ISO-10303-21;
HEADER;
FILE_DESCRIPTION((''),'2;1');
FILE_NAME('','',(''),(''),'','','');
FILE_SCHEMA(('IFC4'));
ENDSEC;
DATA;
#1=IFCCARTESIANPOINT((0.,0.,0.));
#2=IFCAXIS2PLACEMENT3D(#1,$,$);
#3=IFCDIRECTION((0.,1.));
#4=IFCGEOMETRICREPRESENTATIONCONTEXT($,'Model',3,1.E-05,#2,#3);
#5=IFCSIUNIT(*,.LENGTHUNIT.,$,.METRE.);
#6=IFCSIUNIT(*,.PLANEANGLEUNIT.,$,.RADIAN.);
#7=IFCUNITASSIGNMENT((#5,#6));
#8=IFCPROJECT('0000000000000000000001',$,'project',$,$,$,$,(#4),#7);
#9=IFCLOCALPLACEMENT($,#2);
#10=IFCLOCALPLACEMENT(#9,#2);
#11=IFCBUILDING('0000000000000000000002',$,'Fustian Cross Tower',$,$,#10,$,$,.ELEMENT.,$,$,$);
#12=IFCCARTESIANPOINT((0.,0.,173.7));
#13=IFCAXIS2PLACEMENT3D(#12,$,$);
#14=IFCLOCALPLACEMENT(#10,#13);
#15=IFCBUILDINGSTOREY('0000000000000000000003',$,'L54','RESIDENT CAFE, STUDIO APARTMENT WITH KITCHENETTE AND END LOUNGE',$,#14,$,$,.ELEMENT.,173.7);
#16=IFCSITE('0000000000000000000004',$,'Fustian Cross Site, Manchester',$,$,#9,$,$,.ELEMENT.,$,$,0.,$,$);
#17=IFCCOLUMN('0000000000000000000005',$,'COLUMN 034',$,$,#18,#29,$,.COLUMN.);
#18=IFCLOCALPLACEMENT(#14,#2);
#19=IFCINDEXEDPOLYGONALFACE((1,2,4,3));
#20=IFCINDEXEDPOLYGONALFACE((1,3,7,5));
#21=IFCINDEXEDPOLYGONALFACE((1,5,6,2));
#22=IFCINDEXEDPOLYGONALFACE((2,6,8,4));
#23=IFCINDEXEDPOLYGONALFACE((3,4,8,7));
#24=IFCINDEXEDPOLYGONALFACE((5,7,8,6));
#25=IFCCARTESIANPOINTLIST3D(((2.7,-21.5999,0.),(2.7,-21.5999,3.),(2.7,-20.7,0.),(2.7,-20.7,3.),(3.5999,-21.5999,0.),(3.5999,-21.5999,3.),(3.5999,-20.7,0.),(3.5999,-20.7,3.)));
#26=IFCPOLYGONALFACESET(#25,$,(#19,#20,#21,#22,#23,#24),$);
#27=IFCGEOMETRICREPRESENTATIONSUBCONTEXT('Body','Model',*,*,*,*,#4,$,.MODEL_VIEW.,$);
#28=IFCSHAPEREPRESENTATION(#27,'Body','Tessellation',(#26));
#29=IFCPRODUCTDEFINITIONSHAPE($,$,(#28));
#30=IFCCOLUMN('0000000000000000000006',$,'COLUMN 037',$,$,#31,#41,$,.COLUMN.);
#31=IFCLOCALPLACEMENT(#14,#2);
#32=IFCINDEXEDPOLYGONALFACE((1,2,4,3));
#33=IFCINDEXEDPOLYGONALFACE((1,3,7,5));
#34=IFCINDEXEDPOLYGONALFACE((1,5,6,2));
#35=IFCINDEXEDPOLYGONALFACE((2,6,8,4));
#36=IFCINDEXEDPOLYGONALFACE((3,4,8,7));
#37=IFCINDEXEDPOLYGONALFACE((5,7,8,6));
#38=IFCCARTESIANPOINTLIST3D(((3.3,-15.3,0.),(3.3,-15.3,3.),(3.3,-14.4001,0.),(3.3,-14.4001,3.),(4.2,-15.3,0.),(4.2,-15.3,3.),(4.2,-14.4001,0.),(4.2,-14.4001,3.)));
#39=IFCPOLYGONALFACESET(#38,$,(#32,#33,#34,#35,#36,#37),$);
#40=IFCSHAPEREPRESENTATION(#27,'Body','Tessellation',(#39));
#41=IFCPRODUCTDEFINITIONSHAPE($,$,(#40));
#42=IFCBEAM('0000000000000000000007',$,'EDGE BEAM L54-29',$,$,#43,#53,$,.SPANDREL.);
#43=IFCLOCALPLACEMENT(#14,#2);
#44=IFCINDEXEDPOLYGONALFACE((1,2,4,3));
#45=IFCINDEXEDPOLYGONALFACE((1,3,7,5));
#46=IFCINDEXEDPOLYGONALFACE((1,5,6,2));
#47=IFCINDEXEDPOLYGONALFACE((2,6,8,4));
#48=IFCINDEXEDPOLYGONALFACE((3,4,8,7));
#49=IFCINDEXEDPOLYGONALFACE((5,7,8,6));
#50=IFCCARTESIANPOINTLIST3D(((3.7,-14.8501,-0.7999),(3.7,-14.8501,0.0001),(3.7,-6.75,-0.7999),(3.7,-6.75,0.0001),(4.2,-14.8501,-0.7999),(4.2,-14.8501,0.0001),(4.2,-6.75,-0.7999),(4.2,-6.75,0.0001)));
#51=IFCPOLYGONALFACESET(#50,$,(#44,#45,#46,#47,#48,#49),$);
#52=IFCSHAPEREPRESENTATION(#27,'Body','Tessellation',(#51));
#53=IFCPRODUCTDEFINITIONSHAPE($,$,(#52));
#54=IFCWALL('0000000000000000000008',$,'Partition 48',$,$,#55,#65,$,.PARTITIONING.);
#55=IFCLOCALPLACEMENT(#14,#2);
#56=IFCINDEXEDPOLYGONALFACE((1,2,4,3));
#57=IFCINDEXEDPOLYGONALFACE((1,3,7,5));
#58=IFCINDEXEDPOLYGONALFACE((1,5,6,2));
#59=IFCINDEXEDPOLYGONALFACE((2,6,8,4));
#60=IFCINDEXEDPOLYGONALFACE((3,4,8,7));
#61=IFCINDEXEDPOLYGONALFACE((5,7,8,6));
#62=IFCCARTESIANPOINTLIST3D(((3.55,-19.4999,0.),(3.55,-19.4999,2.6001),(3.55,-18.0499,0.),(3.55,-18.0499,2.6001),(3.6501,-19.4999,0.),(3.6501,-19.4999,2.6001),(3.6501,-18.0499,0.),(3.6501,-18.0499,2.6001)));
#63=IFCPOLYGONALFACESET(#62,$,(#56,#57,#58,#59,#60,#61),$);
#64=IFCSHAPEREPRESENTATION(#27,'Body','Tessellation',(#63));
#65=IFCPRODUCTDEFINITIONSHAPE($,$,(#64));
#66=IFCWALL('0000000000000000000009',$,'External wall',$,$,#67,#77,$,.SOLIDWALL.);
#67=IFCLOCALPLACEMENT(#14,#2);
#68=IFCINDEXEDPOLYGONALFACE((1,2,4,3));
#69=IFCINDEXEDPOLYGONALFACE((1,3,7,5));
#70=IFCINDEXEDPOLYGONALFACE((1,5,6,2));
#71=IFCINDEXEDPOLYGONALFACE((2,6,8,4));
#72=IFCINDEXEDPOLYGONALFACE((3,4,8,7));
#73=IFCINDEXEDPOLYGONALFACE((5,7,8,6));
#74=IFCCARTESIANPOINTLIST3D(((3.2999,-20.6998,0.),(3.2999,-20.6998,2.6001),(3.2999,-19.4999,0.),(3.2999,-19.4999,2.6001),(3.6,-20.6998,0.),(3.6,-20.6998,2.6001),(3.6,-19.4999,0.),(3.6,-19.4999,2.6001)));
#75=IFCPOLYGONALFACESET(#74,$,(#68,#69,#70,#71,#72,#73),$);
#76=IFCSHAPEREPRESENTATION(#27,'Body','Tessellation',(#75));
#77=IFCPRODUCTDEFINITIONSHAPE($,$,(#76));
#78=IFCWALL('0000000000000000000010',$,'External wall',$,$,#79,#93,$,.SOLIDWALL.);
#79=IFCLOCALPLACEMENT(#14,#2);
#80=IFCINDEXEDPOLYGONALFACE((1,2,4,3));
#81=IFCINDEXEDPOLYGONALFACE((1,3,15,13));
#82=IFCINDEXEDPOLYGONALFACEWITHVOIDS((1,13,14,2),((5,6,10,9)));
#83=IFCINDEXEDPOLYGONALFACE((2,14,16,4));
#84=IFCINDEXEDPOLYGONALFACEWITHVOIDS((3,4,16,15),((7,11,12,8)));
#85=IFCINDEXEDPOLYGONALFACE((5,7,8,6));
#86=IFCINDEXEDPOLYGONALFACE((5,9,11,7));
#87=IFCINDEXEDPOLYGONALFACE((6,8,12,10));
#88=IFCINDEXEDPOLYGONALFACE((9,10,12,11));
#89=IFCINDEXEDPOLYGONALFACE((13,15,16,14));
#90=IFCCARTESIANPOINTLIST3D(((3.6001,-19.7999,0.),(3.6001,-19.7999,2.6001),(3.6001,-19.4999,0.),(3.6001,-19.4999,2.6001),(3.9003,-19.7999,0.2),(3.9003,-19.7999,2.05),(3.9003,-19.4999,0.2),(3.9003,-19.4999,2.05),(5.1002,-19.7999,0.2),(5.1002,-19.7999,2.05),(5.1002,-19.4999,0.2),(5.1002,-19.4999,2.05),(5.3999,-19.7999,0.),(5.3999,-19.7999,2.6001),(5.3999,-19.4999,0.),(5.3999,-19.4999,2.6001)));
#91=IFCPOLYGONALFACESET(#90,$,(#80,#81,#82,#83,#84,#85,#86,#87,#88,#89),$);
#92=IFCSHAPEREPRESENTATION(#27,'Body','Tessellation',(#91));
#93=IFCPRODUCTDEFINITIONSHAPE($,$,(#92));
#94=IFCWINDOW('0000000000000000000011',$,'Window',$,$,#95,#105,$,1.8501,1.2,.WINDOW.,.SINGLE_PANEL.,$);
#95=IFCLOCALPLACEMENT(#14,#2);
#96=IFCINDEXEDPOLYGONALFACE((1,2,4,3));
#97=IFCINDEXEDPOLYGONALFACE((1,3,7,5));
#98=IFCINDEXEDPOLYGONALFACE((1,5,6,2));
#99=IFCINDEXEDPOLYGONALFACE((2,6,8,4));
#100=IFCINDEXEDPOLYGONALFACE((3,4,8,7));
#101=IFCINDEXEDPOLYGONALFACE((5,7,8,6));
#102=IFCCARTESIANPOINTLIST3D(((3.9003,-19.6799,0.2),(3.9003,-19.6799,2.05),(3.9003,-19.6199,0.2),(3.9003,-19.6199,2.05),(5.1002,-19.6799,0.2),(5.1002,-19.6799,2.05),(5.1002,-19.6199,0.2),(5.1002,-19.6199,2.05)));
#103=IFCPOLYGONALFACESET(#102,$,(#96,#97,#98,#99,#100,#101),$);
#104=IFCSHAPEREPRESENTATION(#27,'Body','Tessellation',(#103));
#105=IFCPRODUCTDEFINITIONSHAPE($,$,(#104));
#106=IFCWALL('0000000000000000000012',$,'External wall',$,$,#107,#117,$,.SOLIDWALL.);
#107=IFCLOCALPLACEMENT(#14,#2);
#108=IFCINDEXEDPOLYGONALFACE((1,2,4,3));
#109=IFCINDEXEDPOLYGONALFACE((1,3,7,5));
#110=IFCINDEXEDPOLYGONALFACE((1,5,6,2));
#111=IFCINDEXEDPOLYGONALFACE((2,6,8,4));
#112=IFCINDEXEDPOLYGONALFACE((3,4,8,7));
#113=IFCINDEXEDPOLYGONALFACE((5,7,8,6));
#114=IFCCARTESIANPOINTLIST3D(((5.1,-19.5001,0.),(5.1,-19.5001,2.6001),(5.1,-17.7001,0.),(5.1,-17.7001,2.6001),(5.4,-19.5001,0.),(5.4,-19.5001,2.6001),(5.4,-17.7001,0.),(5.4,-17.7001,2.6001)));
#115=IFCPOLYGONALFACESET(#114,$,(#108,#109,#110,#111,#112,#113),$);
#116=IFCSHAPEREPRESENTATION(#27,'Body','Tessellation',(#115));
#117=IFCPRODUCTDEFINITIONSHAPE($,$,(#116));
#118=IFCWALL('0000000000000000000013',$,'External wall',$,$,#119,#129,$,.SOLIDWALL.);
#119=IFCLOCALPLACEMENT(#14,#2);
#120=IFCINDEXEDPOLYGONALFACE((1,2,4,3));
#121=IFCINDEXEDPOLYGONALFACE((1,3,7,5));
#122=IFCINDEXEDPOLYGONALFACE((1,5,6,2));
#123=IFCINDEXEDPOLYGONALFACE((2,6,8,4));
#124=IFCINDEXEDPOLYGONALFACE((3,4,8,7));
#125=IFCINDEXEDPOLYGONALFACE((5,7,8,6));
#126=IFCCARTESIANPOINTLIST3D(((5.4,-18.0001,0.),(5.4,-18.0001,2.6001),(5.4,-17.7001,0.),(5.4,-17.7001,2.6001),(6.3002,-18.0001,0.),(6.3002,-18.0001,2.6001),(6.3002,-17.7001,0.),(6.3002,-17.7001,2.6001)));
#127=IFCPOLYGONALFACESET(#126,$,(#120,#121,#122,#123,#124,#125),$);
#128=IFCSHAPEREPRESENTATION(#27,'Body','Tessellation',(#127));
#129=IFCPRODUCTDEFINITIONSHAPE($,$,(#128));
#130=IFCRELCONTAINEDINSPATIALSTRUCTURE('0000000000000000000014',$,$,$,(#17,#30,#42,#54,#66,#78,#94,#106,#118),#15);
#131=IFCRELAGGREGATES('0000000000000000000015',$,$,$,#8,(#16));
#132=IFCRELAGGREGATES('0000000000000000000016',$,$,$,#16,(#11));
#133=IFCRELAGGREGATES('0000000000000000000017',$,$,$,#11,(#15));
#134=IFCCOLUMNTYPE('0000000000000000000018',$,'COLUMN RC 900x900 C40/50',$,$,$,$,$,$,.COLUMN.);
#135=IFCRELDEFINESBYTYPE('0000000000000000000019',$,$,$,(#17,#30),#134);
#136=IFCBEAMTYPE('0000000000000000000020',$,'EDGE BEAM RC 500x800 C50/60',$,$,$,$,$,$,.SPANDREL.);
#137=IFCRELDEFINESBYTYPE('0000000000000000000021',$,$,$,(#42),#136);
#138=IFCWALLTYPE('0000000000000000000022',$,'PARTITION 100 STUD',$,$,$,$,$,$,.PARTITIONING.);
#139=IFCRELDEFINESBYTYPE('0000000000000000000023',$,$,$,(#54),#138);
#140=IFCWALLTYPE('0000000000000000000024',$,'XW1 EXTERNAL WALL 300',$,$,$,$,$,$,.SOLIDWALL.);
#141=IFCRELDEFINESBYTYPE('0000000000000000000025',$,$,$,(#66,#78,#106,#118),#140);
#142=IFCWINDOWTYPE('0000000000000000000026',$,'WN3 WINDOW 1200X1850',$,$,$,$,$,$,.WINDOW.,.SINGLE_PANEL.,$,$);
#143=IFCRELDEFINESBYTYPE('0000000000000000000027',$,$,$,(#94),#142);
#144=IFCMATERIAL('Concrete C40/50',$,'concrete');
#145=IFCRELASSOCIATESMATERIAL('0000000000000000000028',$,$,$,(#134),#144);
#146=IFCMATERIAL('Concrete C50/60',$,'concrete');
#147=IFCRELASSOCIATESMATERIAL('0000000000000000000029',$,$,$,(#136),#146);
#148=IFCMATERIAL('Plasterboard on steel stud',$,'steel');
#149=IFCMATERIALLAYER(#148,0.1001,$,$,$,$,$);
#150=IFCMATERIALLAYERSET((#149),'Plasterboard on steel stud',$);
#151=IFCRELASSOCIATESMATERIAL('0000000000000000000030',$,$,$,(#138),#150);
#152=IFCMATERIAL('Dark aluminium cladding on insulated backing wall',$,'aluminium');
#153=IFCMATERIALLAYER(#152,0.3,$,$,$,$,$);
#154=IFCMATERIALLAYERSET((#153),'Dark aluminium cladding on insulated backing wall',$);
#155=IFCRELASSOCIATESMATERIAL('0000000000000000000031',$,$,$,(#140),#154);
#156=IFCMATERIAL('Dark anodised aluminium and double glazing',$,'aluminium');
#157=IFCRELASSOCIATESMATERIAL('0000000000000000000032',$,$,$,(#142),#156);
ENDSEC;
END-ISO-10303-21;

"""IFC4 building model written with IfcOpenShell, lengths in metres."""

from ifc_helpers import new_model, si_unit, direction, frame, frame_2d, origin, origin_2d, place, context, subcontext, project, spatial, rectangle, extrude, material, layer, layer_set, material_profile, profile_set, type_object, element, fill, save


model = new_model("IFC4")

# Units and contexts
model_context = context("Model", 3, precision=1e-05, world=origin(), true_north=direction((0.0, 1.0)))
body_context = subcontext(model_context, "Body", "Model", "MODEL_VIEW")
ifc_project = project(units=[si_unit("LENGTHUNIT", "METRE"), si_unit("PLANEANGLEUNIT", "RADIAN")], contexts=[model_context])

# Site, building, storey
site_placement = place(None, origin())
site = spatial("IfcSite", under=ifc_project, at=site_placement, Name="Fustian Cross Site, Manchester", CompositionType="ELEMENT", RefElevation=0.0)
building_placement = place(site_placement, origin())
building = spatial("IfcBuilding", under=site, at=building_placement, Name="Fustian Cross Tower", CompositionType="ELEMENT")
storey_placement = place(building_placement, frame((0.0, 0.0, 173.7)))
storey = spatial("IfcBuildingStorey", under=building, at=storey_placement, Name="L54", Description="RESIDENT CAFE, STUDIO APARTMENT WITH KITCHENETTE AND END LOUNGE", CompositionType="ELEMENT", Elevation=173.7)

# Columns
ifc_material_1 = material(Name="Concrete C40/50", Category="concrete")
ifc_material_profile_1 = material_profile(ifc_material_1, rectangle(XDim=0.8999, YDim=0.8999, at=origin_2d()), Name="RC 900x900")
ifc_profile_set_1 = profile_set([ifc_material_profile_1], Name="Concrete C40/50")
column_type = type_object("IfcColumnType", Name="COLUMN RC 900x900 C40/50", PredefinedType="COLUMN", material=ifc_profile_set_1)
for number, where, z_axis, x_axis, name in (
    (1, (3.1499, -21.1499, 0.0), (0.0, 0.0, 1.0), (1.0, 0.0, 0.0), "COLUMN 034"),
    (2, (3.75, -14.8501, 0.0), (0.0, 0.0, 1.0), (1.0, 0.0, 0.0), "COLUMN 037"),
):
    element("IfcColumn", number, at=place(storey_placement, frame(where, z_axis=z_axis, x_axis=x_axis)), inside=storey, type_object=column_type, Name=name, PredefinedType="COLUMN", context=body_context, shape_type="SweptSolid", body=[
        extrude(rectangle(XDim=0.8999, YDim=0.8999, at=origin_2d()), origin(), (0.0, 0.0, 1.0), 3.0),
    ])

# Beam
ifc_material_2 = material(Name="Concrete C50/60", Category="concrete")
ifc_material_profile_2 = material_profile(ifc_material_2, rectangle(XDim=0.5, YDim=0.8, at=origin_2d()), Name="RC 500x800")
ifc_profile_set_2 = profile_set([ifc_material_profile_2], Name="Concrete C50/60")
beam_type = type_object("IfcBeamType", Name="EDGE BEAM RC 500x800 C50/60", PredefinedType="SPANDREL", material=ifc_profile_set_2)
beam_placement = place(storey_placement, frame((3.95, -14.8501, -0.3999), z_axis=(0.0, 1.0, 0.0), x_axis=(-1.0, 0.0, 0.0)))
element("IfcBeam", 3, at=beam_placement, inside=storey, type_object=beam_type, Name="EDGE BEAM L54-29", PredefinedType="SPANDREL", context=body_context, shape_type="SweptSolid", body=[
    extrude(rectangle(XDim=0.5, YDim=0.8, at=origin_2d()), origin(), (0.0, 0.0, 1.0), 8.1001),
])

# Walls
ifc_material_3 = material(Name="Plasterboard on steel stud", Category="steel")
ifc_layer_1 = layer(ifc_material_3, 0.1001)
ifc_layer_set_1 = layer_set([ifc_layer_1], Name="Plasterboard on steel stud")
wall_type_1 = type_object("IfcWallType", Name="PARTITION 100 STUD", PredefinedType="PARTITIONING", material=ifc_layer_set_1)
wall_1_placement = place(storey_placement, frame((3.6001, -19.5, 0.0), z_axis=(0.0, 0.0, 1.0), x_axis=(0.0, 1.0, 0.0)))
element("IfcWall", 4, at=wall_1_placement, inside=storey, type_object=wall_type_1, Name="Partition 48", PredefinedType="PARTITIONING", context=body_context, shape_type="SweptSolid", body=[
    extrude(rectangle(XDim=1.45, YDim=0.1001, at=frame_2d((0.7251, 0.0))), origin(), (0.0, 0.0, 1.0), 2.6001),
])
ifc_material_4 = material(Name="Dark aluminium cladding on insulated backing wall", Category="aluminium")
ifc_layer_2 = layer(ifc_material_4, 0.3)
ifc_layer_set_2 = layer_set([ifc_layer_2], Name="Dark aluminium cladding on insulated backing wall")
wall_type_2 = type_object("IfcWallType", Name="XW1 EXTERNAL WALL 300", PredefinedType="SOLIDWALL", material=ifc_layer_set_2)
wall_2_placement = place(storey_placement, frame((3.45, -20.7, 0.0), z_axis=(0.0, 0.0, 1.0), x_axis=(0.0, 1.0, 0.0)))
element("IfcWall", 5, at=wall_2_placement, inside=storey, type_object=wall_type_2, Name="External wall", PredefinedType="SOLIDWALL", context=body_context, shape_type="SweptSolid", body=[
    extrude(rectangle(XDim=1.2, YDim=0.3, at=frame_2d((0.6001, 0.0))), origin(), (0.0, 0.0, 1.0), 2.6001),
])

# Wall, opening, window
wall_3_placement = place(storey_placement, frame((3.6001, -19.6499, 0.0), z_axis=(0.0, 0.0, 1.0), x_axis=(1.0, 0.0, 0.0)))
wall_3 = element("IfcWall", 6, at=wall_3_placement, inside=storey, type_object=wall_type_2, Name="External wall", PredefinedType="SOLIDWALL", context=body_context, shape_type="SweptSolid", body=[
    extrude(rectangle(XDim=1.7998, YDim=0.3, at=frame_2d((0.8999, 0.0))), origin(), (0.0, 0.0, 1.0), 2.6001),
])
opening_placement = place(wall_3_placement, frame((0.3, 0.0, 0.2)))
opening = element("IfcOpeningElement", 7, at=opening_placement, cuts=wall_3, PredefinedType="OPENING", context=body_context, shape_type="SweptSolid", body=[
    extrude(rectangle(XDim=1.2, YDim=1.8501, at=frame_2d((0.6001, 0.925))), frame((0.0, 0.1599, 0.0), z_axis=(0.0, -1.0, 0.0), x_axis=(1.0, 0.0, 0.0)), (0.0, 0.0, 1.0), 0.3201),
])
ifc_material_5 = material(Name="Dark anodised aluminium and double glazing", Category="aluminium")
window_type = type_object("IfcWindowType", Name="WN3 WINDOW 1200X1850", PartitioningType="SINGLE_PANEL", PredefinedType="WINDOW", material=ifc_material_5)
window_placement = place(opening_placement, origin())
window = element("IfcWindow", 8, at=window_placement, inside=storey, type_object=window_type, Name="Window", OverallHeight=1.8501, OverallWidth=1.2, PartitioningType="SINGLE_PANEL", PredefinedType="WINDOW", context=body_context, shape_type="SweptSolid", body=[
    extrude(rectangle(XDim=1.2, YDim=1.8501, at=frame_2d((0.6001, 0.925))), frame((0.0, 0.03, 0.0), z_axis=(0.0, -1.0, 0.0), x_axis=(1.0, 0.0, 0.0)), (0.0, 0.0, 1.0), 0.0601),
])
fill(opening, window)

# Walls
wall_4_placement = place(storey_placement, frame((5.25, -19.5, 0.0), z_axis=(0.0, 0.0, 1.0), x_axis=(0.0, 1.0, 0.0)))
element("IfcWall", 9, at=wall_4_placement, inside=storey, type_object=wall_type_2, Name="External wall", PredefinedType="SOLIDWALL", context=body_context, shape_type="SweptSolid", body=[
    extrude(rectangle(XDim=1.8, YDim=0.3, at=frame_2d((0.8999, 0.0))), origin(), (0.0, 0.0, 1.0), 2.6001),
])
wall_5_placement = place(storey_placement, frame((5.3999, -17.8501, 0.0), z_axis=(0.0, 0.0, 1.0), x_axis=(1.0, 0.0, 0.0)))
element("IfcWall", 10, at=wall_5_placement, inside=storey, type_object=wall_type_2, Name="External wall", PredefinedType="SOLIDWALL", context=body_context, shape_type="SweptSolid", body=[
    extrude(rectangle(XDim=0.9001, YDim=0.3, at=frame_2d((0.4502, 0.0))), origin(), (0.0, 0.0, 1.0), 2.6001),
])

save(model, "model.ifc")
